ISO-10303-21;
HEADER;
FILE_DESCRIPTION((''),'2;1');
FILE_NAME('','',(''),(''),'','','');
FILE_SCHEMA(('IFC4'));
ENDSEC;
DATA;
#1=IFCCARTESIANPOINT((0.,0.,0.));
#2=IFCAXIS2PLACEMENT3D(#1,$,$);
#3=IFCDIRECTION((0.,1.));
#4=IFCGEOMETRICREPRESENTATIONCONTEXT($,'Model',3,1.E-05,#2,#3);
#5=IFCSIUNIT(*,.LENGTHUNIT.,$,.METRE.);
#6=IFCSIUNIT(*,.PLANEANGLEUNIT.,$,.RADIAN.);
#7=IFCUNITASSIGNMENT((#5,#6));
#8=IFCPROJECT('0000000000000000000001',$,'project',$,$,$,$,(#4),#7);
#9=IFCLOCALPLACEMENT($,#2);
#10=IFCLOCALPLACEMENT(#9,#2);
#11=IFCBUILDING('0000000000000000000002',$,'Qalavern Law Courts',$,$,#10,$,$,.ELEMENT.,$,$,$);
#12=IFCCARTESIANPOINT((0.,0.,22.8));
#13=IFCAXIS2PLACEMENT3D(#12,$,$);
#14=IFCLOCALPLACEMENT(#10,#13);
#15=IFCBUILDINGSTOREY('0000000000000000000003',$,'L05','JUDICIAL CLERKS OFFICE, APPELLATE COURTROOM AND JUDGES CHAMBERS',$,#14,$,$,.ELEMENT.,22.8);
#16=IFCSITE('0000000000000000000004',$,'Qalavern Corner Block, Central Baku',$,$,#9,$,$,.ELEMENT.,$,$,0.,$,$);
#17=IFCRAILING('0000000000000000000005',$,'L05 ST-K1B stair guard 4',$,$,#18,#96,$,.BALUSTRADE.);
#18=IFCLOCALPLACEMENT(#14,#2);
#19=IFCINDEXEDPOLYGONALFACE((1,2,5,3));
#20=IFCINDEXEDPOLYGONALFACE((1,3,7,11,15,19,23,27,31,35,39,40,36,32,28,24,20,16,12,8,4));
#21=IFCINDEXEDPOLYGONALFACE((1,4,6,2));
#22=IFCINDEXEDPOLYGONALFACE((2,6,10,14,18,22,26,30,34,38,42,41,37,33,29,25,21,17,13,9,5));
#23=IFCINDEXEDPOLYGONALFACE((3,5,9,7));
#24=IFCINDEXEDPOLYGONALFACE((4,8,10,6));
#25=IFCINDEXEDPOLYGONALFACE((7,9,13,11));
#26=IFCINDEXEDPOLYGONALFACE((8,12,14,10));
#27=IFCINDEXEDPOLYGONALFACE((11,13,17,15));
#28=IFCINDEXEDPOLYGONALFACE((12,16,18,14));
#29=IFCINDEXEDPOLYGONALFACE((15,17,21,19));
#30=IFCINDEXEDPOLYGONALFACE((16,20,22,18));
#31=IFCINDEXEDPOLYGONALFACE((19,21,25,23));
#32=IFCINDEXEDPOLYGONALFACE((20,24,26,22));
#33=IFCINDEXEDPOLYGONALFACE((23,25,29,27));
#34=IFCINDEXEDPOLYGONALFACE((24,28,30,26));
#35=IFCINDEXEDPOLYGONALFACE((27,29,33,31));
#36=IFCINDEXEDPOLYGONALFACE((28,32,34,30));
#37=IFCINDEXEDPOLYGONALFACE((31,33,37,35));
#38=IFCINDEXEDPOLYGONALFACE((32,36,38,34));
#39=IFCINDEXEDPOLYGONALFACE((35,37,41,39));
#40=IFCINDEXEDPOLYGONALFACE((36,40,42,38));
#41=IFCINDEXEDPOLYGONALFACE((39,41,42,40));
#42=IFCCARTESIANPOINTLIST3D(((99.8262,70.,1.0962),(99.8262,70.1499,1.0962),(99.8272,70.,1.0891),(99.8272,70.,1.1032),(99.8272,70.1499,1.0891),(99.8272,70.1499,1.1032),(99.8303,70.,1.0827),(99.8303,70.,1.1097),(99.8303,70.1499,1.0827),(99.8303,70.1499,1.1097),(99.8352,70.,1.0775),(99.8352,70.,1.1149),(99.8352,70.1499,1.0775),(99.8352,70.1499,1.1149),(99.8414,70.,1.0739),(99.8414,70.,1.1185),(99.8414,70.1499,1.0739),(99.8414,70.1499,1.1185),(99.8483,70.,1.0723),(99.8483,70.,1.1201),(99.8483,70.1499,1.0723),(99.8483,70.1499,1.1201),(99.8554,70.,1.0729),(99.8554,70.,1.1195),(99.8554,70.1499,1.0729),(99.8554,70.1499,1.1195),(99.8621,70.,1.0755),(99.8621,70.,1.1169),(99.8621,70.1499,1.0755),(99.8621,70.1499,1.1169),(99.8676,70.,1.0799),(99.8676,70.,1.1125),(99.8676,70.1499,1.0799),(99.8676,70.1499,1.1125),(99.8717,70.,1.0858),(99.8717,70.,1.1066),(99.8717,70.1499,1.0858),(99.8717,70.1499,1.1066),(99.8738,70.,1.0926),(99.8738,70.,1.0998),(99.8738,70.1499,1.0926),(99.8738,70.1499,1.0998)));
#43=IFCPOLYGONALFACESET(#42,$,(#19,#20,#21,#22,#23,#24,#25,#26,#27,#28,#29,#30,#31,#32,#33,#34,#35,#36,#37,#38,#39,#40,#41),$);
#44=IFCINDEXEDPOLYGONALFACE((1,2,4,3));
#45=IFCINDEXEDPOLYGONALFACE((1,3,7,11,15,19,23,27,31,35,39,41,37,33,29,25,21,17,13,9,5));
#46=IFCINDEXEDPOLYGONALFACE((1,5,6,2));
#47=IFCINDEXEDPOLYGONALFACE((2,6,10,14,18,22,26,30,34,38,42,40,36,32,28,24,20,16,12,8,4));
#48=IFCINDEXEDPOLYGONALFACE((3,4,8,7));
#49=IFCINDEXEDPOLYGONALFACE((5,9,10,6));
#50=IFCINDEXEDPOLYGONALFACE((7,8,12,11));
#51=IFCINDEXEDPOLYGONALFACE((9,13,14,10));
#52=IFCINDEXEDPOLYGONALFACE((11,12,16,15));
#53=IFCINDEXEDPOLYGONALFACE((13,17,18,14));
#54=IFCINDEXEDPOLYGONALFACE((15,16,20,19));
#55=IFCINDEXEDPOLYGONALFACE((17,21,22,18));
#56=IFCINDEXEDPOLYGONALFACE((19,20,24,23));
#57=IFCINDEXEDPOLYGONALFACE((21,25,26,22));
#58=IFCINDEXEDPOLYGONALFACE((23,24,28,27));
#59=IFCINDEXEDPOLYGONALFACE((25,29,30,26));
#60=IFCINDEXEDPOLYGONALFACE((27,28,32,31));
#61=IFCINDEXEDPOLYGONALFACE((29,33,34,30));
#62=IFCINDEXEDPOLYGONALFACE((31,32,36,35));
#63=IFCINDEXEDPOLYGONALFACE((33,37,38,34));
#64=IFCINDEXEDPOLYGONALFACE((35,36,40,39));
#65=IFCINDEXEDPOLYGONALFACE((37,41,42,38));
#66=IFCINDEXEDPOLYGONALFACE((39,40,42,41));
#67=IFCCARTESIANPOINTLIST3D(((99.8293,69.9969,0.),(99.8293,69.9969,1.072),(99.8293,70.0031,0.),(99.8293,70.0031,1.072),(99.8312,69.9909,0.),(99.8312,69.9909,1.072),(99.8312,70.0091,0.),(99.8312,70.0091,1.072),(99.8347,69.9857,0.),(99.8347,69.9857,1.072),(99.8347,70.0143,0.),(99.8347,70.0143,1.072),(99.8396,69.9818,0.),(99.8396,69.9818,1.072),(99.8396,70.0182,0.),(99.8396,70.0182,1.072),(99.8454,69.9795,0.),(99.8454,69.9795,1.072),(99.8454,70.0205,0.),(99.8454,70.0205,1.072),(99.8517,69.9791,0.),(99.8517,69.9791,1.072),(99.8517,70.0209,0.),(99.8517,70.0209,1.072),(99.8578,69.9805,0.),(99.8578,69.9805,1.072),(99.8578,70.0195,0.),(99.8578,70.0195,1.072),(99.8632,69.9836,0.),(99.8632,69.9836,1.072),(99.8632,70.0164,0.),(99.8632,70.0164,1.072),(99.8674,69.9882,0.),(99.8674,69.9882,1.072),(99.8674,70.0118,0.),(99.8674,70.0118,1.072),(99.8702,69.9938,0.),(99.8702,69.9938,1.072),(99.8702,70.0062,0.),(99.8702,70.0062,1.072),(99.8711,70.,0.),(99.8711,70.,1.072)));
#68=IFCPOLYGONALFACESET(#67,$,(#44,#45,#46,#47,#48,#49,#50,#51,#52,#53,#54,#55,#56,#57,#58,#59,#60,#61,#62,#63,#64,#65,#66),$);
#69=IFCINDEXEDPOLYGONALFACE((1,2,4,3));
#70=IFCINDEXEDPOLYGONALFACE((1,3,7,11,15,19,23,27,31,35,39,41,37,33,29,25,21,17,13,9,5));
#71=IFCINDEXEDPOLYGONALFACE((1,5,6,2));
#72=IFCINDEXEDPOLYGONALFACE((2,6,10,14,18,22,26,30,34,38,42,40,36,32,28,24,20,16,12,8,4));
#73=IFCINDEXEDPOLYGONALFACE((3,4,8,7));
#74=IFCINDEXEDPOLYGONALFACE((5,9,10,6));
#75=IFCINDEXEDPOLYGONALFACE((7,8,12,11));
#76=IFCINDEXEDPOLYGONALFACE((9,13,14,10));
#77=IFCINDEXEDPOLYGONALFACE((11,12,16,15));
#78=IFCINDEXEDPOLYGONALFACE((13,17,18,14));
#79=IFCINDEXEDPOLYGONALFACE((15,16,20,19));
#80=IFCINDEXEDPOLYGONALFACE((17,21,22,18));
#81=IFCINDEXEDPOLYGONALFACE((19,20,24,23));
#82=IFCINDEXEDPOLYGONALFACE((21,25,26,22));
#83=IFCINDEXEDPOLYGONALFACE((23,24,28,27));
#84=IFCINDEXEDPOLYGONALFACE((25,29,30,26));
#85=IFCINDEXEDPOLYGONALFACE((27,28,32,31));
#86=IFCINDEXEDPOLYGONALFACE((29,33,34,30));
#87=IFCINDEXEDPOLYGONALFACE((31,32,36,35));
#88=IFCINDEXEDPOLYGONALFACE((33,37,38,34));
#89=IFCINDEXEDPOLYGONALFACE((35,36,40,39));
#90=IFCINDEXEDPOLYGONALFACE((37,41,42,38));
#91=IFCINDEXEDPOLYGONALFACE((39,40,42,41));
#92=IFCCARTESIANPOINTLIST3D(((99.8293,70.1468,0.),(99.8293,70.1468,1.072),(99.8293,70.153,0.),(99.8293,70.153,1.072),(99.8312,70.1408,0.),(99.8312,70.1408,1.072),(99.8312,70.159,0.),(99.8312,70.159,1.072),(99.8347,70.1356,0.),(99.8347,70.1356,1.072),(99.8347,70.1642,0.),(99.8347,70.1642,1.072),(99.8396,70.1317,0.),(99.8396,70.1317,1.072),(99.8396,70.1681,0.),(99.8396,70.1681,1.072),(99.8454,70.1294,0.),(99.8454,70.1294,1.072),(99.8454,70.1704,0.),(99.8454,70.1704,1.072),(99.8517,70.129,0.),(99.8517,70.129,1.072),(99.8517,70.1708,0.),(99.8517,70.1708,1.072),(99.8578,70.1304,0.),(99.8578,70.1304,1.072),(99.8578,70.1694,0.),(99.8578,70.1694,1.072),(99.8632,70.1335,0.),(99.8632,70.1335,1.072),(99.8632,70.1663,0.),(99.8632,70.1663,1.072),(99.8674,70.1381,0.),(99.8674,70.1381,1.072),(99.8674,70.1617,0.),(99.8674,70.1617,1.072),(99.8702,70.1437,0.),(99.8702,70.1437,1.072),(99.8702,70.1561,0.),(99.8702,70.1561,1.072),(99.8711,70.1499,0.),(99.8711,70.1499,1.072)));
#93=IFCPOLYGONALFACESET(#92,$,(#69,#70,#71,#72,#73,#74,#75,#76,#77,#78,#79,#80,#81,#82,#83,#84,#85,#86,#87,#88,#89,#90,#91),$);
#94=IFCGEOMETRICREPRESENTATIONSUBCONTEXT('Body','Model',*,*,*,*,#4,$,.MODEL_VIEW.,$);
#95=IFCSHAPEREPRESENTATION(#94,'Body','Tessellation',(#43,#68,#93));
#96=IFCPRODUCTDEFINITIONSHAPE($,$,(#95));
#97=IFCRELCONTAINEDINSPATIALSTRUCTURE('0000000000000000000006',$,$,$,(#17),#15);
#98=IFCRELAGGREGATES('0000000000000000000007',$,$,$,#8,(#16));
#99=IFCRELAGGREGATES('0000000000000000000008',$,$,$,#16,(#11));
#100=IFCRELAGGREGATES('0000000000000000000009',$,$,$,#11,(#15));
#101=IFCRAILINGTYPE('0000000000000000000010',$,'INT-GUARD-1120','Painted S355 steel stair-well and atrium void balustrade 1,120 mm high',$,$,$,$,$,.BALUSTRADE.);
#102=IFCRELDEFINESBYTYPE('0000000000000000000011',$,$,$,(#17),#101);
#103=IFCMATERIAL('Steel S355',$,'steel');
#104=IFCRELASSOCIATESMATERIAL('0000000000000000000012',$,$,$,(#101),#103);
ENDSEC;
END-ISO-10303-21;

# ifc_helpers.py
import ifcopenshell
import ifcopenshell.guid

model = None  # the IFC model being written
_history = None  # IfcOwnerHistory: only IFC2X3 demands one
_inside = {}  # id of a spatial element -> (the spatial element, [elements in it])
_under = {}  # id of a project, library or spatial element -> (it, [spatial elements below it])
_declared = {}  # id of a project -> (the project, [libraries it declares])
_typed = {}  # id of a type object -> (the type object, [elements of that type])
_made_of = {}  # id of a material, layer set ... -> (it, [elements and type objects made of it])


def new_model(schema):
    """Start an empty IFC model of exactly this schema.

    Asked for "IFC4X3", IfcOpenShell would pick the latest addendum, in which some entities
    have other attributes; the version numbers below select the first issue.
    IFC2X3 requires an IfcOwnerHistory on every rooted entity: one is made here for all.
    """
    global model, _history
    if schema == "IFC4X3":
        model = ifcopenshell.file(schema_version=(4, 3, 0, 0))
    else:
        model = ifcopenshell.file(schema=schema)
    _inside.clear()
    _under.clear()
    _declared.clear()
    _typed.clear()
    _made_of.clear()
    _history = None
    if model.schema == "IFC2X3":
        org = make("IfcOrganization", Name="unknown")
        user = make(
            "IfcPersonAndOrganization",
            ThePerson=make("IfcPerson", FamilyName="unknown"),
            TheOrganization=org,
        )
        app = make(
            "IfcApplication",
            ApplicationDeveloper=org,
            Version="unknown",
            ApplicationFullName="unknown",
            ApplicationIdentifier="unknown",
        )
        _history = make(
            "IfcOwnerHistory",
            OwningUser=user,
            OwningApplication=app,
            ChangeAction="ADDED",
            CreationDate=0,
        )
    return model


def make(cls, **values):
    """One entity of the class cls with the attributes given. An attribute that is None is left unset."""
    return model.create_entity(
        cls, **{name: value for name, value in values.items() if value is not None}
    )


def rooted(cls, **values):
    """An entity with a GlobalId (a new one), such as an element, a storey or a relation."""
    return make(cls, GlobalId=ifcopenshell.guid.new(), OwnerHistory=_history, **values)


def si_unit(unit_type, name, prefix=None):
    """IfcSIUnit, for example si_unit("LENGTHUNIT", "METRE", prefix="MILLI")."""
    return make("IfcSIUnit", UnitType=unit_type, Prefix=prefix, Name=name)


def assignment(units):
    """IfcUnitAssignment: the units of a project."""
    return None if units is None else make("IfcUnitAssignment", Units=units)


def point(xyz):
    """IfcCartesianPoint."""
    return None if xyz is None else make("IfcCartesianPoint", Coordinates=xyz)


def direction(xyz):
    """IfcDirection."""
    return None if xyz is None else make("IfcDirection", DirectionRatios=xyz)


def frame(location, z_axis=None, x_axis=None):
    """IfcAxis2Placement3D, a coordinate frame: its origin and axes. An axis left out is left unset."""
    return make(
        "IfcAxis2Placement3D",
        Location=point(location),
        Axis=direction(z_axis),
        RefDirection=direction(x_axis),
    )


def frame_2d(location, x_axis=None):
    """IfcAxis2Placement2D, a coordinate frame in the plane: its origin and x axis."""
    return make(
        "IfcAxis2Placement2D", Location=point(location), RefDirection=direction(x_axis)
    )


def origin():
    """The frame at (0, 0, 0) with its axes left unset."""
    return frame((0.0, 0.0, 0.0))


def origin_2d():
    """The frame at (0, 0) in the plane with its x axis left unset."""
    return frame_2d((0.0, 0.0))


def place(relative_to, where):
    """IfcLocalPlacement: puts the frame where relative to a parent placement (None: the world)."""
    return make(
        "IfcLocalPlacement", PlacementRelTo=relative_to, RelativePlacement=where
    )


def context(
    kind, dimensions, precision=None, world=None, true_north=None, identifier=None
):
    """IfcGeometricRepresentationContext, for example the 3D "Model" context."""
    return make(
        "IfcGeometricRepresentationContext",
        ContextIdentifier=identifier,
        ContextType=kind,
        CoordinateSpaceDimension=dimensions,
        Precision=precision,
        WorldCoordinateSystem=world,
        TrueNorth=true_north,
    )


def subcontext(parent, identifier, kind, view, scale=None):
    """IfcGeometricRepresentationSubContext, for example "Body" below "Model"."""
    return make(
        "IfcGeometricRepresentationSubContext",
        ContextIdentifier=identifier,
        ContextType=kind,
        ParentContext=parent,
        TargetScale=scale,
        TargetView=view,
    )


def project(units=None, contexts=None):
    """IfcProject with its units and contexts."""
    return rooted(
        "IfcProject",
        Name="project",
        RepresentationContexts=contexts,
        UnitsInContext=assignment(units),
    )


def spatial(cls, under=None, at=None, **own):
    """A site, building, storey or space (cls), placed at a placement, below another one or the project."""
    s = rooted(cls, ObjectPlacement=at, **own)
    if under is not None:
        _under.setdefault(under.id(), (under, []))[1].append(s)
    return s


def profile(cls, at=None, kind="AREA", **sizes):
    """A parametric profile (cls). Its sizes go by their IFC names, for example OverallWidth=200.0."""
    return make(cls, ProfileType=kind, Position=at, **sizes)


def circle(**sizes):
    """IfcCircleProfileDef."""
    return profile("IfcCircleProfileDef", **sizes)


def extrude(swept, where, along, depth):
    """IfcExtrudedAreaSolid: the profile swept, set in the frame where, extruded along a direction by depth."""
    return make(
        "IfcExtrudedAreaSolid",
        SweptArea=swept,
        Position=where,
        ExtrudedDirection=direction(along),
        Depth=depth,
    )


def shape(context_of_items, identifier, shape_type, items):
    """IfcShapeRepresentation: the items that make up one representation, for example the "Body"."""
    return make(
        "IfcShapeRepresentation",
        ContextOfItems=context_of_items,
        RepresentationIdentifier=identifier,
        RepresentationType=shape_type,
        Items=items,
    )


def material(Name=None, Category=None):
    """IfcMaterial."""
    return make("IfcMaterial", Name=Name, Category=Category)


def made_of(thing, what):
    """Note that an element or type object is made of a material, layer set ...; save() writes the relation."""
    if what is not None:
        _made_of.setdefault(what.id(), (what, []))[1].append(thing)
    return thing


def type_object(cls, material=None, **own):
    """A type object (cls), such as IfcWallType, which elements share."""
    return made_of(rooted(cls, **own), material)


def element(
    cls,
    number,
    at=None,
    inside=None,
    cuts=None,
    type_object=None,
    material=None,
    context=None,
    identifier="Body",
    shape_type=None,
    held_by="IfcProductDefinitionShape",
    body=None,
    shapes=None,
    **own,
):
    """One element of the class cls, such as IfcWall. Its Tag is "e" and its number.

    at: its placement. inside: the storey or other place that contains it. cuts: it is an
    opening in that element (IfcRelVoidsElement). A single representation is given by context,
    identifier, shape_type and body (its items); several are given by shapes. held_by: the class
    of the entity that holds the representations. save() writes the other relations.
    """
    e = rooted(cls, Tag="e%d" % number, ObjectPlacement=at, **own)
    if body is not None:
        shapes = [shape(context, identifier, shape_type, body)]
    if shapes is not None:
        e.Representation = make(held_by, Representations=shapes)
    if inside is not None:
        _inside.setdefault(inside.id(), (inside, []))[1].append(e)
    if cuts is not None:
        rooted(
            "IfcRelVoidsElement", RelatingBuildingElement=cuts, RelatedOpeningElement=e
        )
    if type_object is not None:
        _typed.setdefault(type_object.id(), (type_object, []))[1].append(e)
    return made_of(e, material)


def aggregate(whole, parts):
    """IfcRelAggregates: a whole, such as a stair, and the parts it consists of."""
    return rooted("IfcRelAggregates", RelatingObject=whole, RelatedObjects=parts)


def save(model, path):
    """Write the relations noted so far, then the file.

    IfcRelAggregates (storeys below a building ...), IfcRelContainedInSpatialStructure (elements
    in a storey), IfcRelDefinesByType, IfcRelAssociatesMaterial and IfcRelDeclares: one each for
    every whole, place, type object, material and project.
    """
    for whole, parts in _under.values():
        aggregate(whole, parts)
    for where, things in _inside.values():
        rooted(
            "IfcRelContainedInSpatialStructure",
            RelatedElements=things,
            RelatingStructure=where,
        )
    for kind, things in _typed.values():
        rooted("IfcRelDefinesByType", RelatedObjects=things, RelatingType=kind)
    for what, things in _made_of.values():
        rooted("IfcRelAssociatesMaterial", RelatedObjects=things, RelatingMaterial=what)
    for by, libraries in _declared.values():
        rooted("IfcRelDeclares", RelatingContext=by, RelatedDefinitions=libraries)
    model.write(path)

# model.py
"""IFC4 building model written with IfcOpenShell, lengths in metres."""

from ifc_helpers import new_model, si_unit, direction, frame, origin, origin_2d, place, context, subcontext, project, spatial, circle, extrude, material, type_object, element, save


model = new_model("IFC4")

# Units and contexts
model_context = context("Model", 3, precision=1e-05, world=origin(), true_north=direction((0.0, 1.0)))
body_context = subcontext(model_context, "Body", "Model", "MODEL_VIEW")
ifc_project = project(units=[si_unit("LENGTHUNIT", "METRE"), si_unit("PLANEANGLEUNIT", "RADIAN")], contexts=[model_context])

# Site, building, storey
site_placement = place(None, origin())
site = spatial("IfcSite", under=ifc_project, at=site_placement, Name="Qalavern Corner Block, Central Baku", CompositionType="ELEMENT", RefElevation=0.0)
building_placement = place(site_placement, origin())
building = spatial("IfcBuilding", under=site, at=building_placement, Name="Qalavern Law Courts", CompositionType="ELEMENT")
storey_placement = place(building_placement, frame((0.0, 0.0, 22.8)))
storey = spatial("IfcBuildingStorey", under=building, at=storey_placement, Name="L05", Description="JUDICIAL CLERKS OFFICE, APPELLATE COURTROOM AND JUDGES CHAMBERS", CompositionType="ELEMENT", Elevation=22.8)

# Shared definitions
ifc_material_1 = material(Name="Steel S355", Category="steel")

# Railing
railing_type_1 = type_object("IfcRailingType", Name="INT-GUARD-1120", Description="Painted S355 steel stair-well and atrium void balustrade 1,120 mm high", PredefinedType="BALUSTRADE", material=ifc_material_1)
railing_1_placement = place(storey_placement, frame((99.8501, 70.0, 0.0)))
element("IfcRailing", 1, at=railing_1_placement, inside=storey, type_object=railing_type_1, Name="L05 ST-K1B stair guard 4", PredefinedType="BALUSTRADE", context=body_context, shape_type="SweptSolid", body=[
    extrude(circle(Radius=0.0239, at=origin_2d()), frame((0.0, 0.0, 1.0962), z_axis=(0.0, 1.0, 0.0), x_axis=(-1.0, 0.0, 0.0)), (0.0, 0.0, 1.0), 0.1499),
    extrude(circle(Radius=0.021, at=origin_2d()), origin(), (0.0, 0.0, 1.0), 1.072),
    extrude(circle(Radius=0.021, at=origin_2d()), frame((0.0, 0.1499, 0.0)), (0.0, 0.0, 1.0), 1.072),
])

save(model, "model.ifc")
